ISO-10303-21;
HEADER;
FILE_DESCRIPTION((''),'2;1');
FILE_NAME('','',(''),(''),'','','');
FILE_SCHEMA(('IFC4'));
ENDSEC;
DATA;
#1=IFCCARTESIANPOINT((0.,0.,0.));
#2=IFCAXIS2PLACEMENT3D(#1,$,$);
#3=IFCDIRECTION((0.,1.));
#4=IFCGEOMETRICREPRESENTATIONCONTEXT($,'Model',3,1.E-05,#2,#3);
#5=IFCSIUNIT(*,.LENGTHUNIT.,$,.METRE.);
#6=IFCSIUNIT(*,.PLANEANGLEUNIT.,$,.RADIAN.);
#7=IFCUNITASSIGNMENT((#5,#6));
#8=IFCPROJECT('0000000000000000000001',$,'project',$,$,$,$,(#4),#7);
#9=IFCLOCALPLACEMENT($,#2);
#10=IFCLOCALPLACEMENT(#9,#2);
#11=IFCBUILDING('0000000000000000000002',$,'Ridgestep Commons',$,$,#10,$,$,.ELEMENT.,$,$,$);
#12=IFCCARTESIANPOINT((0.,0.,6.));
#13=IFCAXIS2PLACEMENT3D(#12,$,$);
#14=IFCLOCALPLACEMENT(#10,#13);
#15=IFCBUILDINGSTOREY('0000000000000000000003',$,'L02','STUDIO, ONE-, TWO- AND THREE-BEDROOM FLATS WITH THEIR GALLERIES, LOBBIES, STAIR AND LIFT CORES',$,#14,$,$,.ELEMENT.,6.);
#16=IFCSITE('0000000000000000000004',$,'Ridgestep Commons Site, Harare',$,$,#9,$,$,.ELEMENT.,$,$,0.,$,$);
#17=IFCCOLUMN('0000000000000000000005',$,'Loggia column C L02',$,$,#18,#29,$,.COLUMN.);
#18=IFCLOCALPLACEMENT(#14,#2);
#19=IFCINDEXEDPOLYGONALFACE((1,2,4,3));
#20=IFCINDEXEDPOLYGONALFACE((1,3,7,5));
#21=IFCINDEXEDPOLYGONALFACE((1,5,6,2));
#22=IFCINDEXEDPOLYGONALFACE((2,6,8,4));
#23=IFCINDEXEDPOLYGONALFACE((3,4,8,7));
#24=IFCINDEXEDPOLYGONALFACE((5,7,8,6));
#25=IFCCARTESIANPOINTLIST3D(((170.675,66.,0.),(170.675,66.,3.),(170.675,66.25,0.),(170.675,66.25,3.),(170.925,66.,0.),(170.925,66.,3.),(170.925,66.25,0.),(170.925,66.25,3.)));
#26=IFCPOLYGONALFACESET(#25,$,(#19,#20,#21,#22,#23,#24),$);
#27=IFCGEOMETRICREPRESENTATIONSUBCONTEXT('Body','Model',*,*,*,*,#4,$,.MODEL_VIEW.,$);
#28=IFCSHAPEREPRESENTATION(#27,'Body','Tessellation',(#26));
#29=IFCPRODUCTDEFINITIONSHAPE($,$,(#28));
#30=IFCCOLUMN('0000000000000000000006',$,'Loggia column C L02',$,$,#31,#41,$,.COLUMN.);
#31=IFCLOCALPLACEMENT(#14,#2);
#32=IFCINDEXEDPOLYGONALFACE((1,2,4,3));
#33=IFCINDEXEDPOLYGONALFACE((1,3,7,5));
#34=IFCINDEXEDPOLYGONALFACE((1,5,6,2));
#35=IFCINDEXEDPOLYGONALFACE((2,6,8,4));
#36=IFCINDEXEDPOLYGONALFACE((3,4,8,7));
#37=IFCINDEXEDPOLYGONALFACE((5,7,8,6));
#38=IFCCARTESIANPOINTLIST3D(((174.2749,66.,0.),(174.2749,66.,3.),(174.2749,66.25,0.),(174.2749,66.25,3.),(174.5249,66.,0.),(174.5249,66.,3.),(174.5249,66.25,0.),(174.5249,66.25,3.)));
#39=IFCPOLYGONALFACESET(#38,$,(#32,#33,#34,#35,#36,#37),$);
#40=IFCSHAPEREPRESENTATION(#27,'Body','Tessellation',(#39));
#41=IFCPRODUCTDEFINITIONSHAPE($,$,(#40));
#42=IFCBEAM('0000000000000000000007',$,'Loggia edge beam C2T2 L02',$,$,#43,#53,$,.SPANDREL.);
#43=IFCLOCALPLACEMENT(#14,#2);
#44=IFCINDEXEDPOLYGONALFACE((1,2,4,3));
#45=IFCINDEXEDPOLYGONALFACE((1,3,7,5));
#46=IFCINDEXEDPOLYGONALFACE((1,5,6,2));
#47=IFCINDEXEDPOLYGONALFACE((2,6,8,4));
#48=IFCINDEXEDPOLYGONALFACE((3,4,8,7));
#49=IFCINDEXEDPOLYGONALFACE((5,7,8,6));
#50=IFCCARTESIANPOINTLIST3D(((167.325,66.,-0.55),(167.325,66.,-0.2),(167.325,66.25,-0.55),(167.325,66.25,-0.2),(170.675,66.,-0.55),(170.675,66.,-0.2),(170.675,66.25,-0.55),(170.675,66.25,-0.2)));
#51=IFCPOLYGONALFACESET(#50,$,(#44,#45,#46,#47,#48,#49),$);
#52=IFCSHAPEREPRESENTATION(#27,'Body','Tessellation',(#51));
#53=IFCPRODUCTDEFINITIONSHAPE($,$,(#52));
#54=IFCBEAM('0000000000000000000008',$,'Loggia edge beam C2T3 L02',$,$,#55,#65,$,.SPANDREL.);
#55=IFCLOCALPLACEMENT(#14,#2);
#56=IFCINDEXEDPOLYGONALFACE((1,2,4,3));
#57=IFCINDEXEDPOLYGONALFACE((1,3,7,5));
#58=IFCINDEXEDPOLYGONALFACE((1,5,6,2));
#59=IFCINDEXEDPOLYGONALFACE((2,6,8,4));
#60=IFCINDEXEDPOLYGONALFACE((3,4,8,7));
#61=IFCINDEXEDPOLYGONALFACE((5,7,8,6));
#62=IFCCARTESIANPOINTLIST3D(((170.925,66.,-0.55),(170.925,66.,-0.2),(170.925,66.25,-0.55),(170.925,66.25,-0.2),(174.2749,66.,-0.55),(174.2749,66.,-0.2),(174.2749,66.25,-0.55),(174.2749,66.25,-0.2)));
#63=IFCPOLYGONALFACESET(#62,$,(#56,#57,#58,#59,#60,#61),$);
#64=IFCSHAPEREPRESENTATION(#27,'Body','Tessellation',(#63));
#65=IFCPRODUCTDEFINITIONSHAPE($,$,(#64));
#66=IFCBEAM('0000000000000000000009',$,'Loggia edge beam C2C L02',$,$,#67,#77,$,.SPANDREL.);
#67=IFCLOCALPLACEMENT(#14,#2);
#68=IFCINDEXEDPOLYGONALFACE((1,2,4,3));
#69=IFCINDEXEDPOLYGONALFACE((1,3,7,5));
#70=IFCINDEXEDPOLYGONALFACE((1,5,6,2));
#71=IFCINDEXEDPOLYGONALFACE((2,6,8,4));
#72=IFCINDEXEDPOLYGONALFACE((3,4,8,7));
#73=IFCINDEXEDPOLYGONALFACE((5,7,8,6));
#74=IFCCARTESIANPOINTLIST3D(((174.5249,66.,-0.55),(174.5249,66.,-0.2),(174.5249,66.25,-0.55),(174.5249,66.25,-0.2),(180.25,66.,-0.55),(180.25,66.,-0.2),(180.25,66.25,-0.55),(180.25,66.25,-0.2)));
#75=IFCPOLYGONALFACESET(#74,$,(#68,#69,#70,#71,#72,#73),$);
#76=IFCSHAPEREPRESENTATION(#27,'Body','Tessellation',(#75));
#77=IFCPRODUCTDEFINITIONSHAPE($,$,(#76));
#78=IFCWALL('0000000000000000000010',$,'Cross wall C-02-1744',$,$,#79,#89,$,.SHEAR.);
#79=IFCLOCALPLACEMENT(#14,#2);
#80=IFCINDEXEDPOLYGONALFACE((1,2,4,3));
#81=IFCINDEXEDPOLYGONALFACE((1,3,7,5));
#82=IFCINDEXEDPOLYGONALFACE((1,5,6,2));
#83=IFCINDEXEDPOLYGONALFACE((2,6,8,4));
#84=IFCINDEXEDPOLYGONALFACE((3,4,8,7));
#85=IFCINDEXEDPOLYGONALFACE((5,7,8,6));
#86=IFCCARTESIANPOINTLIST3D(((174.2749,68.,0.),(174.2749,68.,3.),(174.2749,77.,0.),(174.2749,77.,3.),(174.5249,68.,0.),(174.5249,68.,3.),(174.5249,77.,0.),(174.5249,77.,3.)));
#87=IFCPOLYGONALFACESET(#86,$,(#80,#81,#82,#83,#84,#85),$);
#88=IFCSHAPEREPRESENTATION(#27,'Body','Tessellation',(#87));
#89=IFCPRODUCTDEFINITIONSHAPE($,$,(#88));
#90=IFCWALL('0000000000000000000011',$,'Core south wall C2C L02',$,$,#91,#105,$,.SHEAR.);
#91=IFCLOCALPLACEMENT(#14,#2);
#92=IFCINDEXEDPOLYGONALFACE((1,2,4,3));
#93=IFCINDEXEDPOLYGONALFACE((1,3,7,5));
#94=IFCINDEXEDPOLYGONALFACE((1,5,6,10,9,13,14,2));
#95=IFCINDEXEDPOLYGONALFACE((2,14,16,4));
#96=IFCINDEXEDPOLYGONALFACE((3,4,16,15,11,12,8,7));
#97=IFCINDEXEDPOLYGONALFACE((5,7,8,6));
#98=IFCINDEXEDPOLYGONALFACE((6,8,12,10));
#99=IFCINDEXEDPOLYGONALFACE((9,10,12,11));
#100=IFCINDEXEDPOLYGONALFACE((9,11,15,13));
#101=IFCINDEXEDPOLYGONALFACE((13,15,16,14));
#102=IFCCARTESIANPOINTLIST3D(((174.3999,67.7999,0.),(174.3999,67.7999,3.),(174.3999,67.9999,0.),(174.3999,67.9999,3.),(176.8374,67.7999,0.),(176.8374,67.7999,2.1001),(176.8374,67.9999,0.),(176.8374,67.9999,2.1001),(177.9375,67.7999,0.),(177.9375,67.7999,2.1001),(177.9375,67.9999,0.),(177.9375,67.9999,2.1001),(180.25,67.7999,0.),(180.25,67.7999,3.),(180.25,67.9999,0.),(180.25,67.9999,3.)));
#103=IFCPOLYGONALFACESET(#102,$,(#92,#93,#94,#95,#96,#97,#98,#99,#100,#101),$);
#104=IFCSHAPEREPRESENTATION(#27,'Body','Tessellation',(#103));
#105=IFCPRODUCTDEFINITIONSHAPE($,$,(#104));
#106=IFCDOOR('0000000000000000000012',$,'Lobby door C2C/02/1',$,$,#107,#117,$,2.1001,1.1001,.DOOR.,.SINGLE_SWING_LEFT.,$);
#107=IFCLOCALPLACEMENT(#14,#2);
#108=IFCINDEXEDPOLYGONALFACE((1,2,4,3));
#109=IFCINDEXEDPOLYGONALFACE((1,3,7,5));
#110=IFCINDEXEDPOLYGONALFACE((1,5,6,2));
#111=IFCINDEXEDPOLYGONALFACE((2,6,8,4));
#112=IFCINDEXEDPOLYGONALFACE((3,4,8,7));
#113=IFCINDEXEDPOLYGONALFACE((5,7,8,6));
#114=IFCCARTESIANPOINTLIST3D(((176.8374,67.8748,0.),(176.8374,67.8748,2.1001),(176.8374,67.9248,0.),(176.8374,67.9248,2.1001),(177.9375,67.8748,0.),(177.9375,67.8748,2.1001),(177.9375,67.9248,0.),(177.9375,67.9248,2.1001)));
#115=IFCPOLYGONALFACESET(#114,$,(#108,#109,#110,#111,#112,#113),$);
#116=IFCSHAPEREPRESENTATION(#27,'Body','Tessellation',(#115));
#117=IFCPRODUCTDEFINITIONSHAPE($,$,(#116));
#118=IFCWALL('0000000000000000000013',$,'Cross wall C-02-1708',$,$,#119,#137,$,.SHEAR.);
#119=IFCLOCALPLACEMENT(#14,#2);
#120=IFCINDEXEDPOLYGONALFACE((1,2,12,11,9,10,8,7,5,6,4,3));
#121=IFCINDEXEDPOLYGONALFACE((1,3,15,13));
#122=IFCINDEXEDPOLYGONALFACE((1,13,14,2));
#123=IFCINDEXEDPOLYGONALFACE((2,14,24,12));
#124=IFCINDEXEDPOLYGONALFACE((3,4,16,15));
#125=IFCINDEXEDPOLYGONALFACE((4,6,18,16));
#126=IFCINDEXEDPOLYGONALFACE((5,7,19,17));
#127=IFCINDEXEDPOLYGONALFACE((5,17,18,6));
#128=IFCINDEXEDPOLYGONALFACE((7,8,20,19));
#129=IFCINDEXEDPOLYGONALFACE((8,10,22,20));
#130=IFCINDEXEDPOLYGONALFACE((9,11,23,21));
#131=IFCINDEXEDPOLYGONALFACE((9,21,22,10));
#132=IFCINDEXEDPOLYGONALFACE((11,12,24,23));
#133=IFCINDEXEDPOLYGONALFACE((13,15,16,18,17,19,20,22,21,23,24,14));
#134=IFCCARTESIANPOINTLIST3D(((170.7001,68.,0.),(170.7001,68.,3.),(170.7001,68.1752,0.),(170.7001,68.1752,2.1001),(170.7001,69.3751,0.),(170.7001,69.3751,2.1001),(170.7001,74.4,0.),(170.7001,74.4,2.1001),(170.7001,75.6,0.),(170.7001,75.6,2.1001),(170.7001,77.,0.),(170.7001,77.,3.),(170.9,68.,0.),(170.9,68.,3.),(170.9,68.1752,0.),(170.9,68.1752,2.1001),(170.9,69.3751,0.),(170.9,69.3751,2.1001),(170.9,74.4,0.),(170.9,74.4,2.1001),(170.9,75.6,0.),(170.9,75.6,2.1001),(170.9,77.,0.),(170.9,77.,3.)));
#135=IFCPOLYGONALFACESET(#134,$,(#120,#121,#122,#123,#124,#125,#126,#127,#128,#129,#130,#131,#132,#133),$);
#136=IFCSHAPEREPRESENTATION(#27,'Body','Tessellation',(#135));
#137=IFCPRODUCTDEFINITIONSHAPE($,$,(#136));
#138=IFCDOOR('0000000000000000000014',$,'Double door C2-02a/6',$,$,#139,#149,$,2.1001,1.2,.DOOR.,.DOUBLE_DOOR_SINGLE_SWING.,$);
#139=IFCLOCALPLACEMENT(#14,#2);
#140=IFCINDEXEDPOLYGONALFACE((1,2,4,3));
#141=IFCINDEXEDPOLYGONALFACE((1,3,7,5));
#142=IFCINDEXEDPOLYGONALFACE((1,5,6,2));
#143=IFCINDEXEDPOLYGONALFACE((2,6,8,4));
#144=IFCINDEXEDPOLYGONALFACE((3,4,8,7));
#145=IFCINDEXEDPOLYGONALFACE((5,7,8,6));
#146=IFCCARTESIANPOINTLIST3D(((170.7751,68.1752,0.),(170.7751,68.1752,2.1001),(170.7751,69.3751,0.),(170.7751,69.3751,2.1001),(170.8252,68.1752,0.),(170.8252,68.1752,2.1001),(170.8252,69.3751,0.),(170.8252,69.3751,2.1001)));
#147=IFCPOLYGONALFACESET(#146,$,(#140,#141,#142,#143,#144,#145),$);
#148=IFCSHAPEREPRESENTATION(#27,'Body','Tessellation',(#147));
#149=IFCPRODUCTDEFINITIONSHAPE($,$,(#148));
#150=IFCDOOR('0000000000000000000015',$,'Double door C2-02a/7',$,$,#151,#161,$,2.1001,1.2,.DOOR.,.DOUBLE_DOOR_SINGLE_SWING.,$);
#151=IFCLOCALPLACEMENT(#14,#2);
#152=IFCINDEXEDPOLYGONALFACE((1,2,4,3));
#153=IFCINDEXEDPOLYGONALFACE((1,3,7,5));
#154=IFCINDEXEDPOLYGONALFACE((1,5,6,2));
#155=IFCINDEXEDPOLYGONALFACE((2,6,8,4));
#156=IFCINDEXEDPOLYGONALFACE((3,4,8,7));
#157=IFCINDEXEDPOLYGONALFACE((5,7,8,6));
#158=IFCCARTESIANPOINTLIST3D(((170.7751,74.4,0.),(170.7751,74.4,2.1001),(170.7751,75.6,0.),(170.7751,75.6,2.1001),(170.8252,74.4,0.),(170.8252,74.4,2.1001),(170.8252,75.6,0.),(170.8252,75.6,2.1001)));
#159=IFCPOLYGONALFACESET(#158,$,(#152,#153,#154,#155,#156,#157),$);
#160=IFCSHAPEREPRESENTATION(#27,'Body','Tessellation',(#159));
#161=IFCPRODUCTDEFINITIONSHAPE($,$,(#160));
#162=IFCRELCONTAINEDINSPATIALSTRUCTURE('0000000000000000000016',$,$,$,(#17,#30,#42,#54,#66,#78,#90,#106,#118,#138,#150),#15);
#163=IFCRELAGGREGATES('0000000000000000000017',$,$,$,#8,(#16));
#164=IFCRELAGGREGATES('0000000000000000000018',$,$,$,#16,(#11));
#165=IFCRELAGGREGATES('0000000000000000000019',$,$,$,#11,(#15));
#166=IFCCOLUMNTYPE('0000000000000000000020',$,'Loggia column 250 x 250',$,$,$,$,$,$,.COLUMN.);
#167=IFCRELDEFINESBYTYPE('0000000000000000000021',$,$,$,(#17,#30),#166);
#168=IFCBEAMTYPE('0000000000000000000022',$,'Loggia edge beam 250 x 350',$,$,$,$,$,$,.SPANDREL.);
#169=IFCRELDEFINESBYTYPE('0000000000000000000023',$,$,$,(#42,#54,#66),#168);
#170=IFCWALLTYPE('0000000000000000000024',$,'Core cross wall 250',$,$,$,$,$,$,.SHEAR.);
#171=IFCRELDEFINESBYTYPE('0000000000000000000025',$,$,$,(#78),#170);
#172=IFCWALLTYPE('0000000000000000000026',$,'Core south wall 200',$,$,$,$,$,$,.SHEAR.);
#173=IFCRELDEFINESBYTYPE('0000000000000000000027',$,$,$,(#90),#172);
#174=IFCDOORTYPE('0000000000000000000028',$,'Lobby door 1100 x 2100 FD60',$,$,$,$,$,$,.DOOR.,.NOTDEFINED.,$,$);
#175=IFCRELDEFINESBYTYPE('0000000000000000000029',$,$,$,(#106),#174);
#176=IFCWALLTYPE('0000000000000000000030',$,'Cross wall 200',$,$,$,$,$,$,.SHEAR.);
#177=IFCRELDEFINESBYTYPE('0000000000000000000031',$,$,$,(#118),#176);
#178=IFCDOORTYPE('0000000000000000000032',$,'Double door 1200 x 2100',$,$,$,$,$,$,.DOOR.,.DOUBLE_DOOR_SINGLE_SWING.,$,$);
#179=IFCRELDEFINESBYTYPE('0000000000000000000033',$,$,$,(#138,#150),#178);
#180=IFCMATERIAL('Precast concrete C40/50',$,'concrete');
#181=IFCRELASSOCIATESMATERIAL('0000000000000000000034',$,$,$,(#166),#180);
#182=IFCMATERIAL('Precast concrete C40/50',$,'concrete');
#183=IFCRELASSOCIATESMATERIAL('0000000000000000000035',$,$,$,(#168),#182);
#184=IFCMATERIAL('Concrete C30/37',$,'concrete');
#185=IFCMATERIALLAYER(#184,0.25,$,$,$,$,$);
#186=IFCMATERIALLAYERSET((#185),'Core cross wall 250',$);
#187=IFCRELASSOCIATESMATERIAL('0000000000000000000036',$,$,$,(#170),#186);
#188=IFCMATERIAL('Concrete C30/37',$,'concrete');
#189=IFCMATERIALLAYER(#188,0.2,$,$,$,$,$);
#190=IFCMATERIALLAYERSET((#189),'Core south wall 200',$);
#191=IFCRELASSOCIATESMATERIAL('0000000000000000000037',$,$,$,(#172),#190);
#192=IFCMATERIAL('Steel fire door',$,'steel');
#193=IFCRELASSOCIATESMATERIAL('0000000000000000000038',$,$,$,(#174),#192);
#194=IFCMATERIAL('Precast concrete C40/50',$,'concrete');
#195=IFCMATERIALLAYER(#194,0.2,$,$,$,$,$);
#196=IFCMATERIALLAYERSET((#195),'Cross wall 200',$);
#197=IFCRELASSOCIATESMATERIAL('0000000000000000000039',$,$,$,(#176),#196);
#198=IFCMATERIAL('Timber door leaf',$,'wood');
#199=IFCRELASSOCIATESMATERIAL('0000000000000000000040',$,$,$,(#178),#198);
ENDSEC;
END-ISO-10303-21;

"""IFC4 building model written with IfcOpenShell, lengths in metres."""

from ifc_helpers import new_model, si_unit, direction, frame, frame_2d, origin, origin_2d, place, context, subcontext, project, spatial, rectangle, extrude, material, layer, layer_set, material_profile, profile_set, type_object, element, fill, save


model = new_model("IFC4")

# Units and contexts
model_context = context("Model", 3, precision=1e-05, world=origin(), true_north=direction((0.0, 1.0)))
body_context = subcontext(model_context, "Body", "Model", "MODEL_VIEW")
ifc_project = project(units=[si_unit("LENGTHUNIT", "METRE"), si_unit("PLANEANGLEUNIT", "RADIAN")], contexts=[model_context])

# Site, building, storey
site_placement = place(None, origin())
site = spatial("IfcSite", under=ifc_project, at=site_placement, Name="Ridgestep Commons Site, Harare", CompositionType="ELEMENT", RefElevation=0.0)
building_placement = place(site_placement, origin())
building = spatial("IfcBuilding", under=site, at=building_placement, Name="Ridgestep Commons", CompositionType="ELEMENT")
storey_placement = place(building_placement, frame((0.0, 0.0, 6.0)))
storey = spatial("IfcBuildingStorey", under=building, at=storey_placement, Name="L02", Description="STUDIO, ONE-, TWO- AND THREE-BEDROOM FLATS WITH THEIR GALLERIES, LOBBIES, STAIR AND LIFT CORES", CompositionType="ELEMENT", Elevation=6.0)

# Columns
ifc_material_1 = material(Name="Precast concrete C40/50", Category="concrete")
ifc_material_profile_1 = material_profile(ifc_material_1, rectangle(XDim=0.25, YDim=0.25, at=origin_2d()), Name="PC 250x250")
ifc_profile_set_1 = profile_set([ifc_material_profile_1], Name="Precast concrete C40/50")
column_type = type_object("IfcColumnType", Name="Loggia column 250 x 250", PredefinedType="COLUMN", material=ifc_profile_set_1)
for number, where, z_axis, x_axis, name in (
    (1, (170.8, 66.125, 0.0), (0.0, 0.0, 1.0), (1.0, 0.0, 0.0), "Loggia column C L02"),
    (2, (174.3999, 66.125, 0.0), (0.0, 0.0, 1.0), (1.0, 0.0, 0.0), "Loggia column C L02"),
):
    element("IfcColumn", number, at=place(storey_placement, frame(where, z_axis=z_axis, x_axis=x_axis)), inside=storey, type_object=column_type, Name=name, PredefinedType="COLUMN", context=body_context, shape_type="SweptSolid", body=[
        extrude(rectangle(XDim=0.25, YDim=0.25, at=origin_2d()), origin(), (0.0, 0.0, 1.0), 3.0),
    ])

# Beams
ifc_material_2 = material(Name="Precast concrete C40/50", Category="concrete")
ifc_material_profile_2 = material_profile(ifc_material_2, rectangle(XDim=0.25, YDim=0.3501, at=origin_2d()), Name="PC 250x350")
ifc_profile_set_2 = profile_set([ifc_material_profile_2], Name="Precast concrete C40/50")
beam_type = type_object("IfcBeamType", Name="Loggia edge beam 250 x 350", PredefinedType="SPANDREL", material=ifc_profile_set_2)
beam_1_placement = place(storey_placement, frame((167.325, 66.125, -0.375), z_axis=(1.0, 0.0, 0.0), x_axis=(0.0, 1.0, 0.0)))
element("IfcBeam", 3, at=beam_1_placement, inside=storey, type_object=beam_type, Name="Loggia edge beam C2T2 L02", PredefinedType="SPANDREL", context=body_context, shape_type="SweptSolid", body=[
    extrude(rectangle(XDim=0.25, YDim=0.3501, at=origin_2d()), origin(), (0.0, 0.0, 1.0), 3.3501),
])
beam_2_placement = place(storey_placement, frame((170.925, 66.125, -0.375), z_axis=(1.0, 0.0, 0.0), x_axis=(0.0, 1.0, 0.0)))
element("IfcBeam", 4, at=beam_2_placement, inside=storey, type_object=beam_type, Name="Loggia edge beam C2T3 L02", PredefinedType="SPANDREL", context=body_context, shape_type="SweptSolid", body=[
    extrude(rectangle(XDim=0.25, YDim=0.3501, at=origin_2d()), origin(), (0.0, 0.0, 1.0), 3.3499),
])
beam_3_placement = place(storey_placement, frame((174.5249, 66.125, -0.375), z_axis=(1.0, 0.0, 0.0), x_axis=(0.0, 1.0, 0.0)))
element("IfcBeam", 5, at=beam_3_placement, inside=storey, type_object=beam_type, Name="Loggia edge beam C2C L02", PredefinedType="SPANDREL", context=body_context, shape_type="SweptSolid", body=[
    extrude(rectangle(XDim=0.25, YDim=0.3501, at=origin_2d()), origin(), (0.0, 0.0, 1.0), 5.7251),
])

# Wall
ifc_material_3 = material(Name="Concrete C30/37", Category="concrete")
ifc_layer_1 = layer(ifc_material_3, 0.25)
ifc_layer_set_1 = layer_set([ifc_layer_1], Name="Core cross wall 250")
wall_type_1 = type_object("IfcWallType", Name="Core cross wall 250", PredefinedType="SHEAR", material=ifc_layer_set_1)
wall_1_placement = place(storey_placement, frame((174.3999, 68.0, 0.0), z_axis=(0.0, 0.0, 1.0), x_axis=(0.0, 1.0, 0.0)))
element("IfcWall", 6, at=wall_1_placement, inside=storey, type_object=wall_type_1, Name="Cross wall C-02-1744", PredefinedType="SHEAR", context=body_context, shape_type="SweptSolid", body=[
    extrude(rectangle(XDim=9.0, YDim=0.25, at=frame_2d((4.5, 0.0))), origin(), (0.0, 0.0, 1.0), 3.0),
])

# Wall, opening, door
ifc_material_4 = material(Name="Concrete C30/37", Category="concrete")
ifc_layer_2 = layer(ifc_material_4, 0.2)
ifc_layer_set_2 = layer_set([ifc_layer_2], Name="Core south wall 200")
wall_type_2 = type_object("IfcWallType", Name="Core south wall 200", PredefinedType="SHEAR", material=ifc_layer_set_2)
wall_2_placement = place(storey_placement, frame((174.3999, 67.8999, 0.0), z_axis=(0.0, 0.0, 1.0), x_axis=(1.0, 0.0, 0.0)))
wall_2 = element("IfcWall", 7, at=wall_2_placement, inside=storey, type_object=wall_type_2, Name="Core south wall C2C L02", PredefinedType="SHEAR", context=body_context, shape_type="SweptSolid", body=[
    extrude(rectangle(XDim=5.8501, YDim=0.2, at=frame_2d((2.925, 0.0))), origin(), (0.0, 0.0, 1.0), 3.0),
])
opening_1_placement = place(wall_2_placement, frame((2.4375, 0.0, 0.0)))
opening_1 = element("IfcOpeningElement", 8, at=opening_1_placement, cuts=wall_2, PredefinedType="OPENING", context=body_context, shape_type="SweptSolid", body=[
    extrude(rectangle(XDim=1.1001, YDim=2.1001, at=frame_2d((0.55, 1.05))), frame((0.0, 0.1099, 0.0), z_axis=(0.0, -1.0, 0.0), x_axis=(1.0, 0.0, 0.0)), (0.0, 0.0, 1.0), 0.22),
])
ifc_material_5 = material(Name="Steel fire door", Category="steel")
door_type_1 = type_object("IfcDoorType", Name="Lobby door 1100 x 2100 FD60", OperationType="NOTDEFINED", PredefinedType="DOOR", material=ifc_material_5)
door_1_placement = place(opening_1_placement, origin())
door_1 = element("IfcDoor", 9, at=door_1_placement, inside=storey, type_object=door_type_1, Name="Lobby door C2C/02/1", OperationType="SINGLE_SWING_LEFT", OverallHeight=2.1001, OverallWidth=1.1001, PredefinedType="DOOR", context=body_context, shape_type="SweptSolid", body=[
    extrude(rectangle(XDim=1.1001, YDim=2.1001, at=frame_2d((0.55, 1.05))), frame((0.0, 0.0249, 0.0), z_axis=(0.0, -1.0, 0.0), x_axis=(1.0, 0.0, 0.0)), (0.0, 0.0, 1.0), 0.05),
])
fill(opening_1, door_1)

# Wall, openings, doors
ifc_material_6 = material(Name="Precast concrete C40/50", Category="concrete")
ifc_layer_3 = layer(ifc_material_6, 0.2)
ifc_layer_set_3 = layer_set([ifc_layer_3], Name="Cross wall 200")
wall_type_3 = type_object("IfcWallType", Name="Cross wall 200", PredefinedType="SHEAR", material=ifc_layer_set_3)
wall_3_placement = place(storey_placement, frame((170.8, 68.0, 0.0), z_axis=(0.0, 0.0, 1.0), x_axis=(0.0, 1.0, 0.0)))
wall_3 = element("IfcWall", 10, at=wall_3_placement, inside=storey, type_object=wall_type_3, Name="Cross wall C-02-1708", PredefinedType="SHEAR", context=body_context, shape_type="SweptSolid", body=[
    extrude(rectangle(XDim=9.0, YDim=0.2, at=frame_2d((4.5, 0.0))), origin(), (0.0, 0.0, 1.0), 3.0),
])
opening_2_placement = place(wall_3_placement, frame((0.175, 0.0, 0.0)))
opening_2 = element("IfcOpeningElement", 11, at=opening_2_placement, cuts=wall_3, PredefinedType="OPENING", context=body_context, shape_type="SweptSolid", body=[
    extrude(rectangle(XDim=1.2, YDim=2.1001, at=frame_2d((0.6001, 1.05))), frame((0.0, 0.1099, 0.0), z_axis=(0.0, -1.0, 0.0), x_axis=(1.0, 0.0, 0.0)), (0.0, 0.0, 1.0), 0.22),
])
opening_3_placement = place(wall_3_placement, frame((6.3999, 0.0, 0.0)))
opening_3 = element("IfcOpeningElement", 12, at=opening_3_placement, cuts=wall_3, PredefinedType="OPENING", context=body_context, shape_type="SweptSolid", body=[
    extrude(rectangle(XDim=1.2, YDim=2.1001, at=frame_2d((0.6001, 1.05))), frame((0.0, 0.1099, 0.0), z_axis=(0.0, -1.0, 0.0), x_axis=(1.0, 0.0, 0.0)), (0.0, 0.0, 1.0), 0.22),
])
ifc_material_7 = material(Name="Timber door leaf", Category="wood")
door_type_2 = type_object("IfcDoorType", Name="Double door 1200 x 2100", OperationType="DOUBLE_DOOR_SINGLE_SWING", PredefinedType="DOOR", material=ifc_material_7)
door_2_placement = place(opening_2_placement, origin())
door_2 = element("IfcDoor", 13, at=door_2_placement, inside=storey, type_object=door_type_2, Name="Double door C2-02a/6", OperationType="DOUBLE_DOOR_SINGLE_SWING", OverallHeight=2.1001, OverallWidth=1.2, PredefinedType="DOOR", context=body_context, shape_type="SweptSolid", body=[
    extrude(rectangle(XDim=1.2, YDim=2.1001, at=frame_2d((0.6001, 1.05))), frame((0.0, 0.0249, 0.0), z_axis=(0.0, -1.0, 0.0), x_axis=(1.0, 0.0, 0.0)), (0.0, 0.0, 1.0), 0.05),
])
fill(opening_2, door_2)
door_3_placement = place(opening_3_placement, origin())
door_3 = element("IfcDoor", 14, at=door_3_placement, inside=storey, type_object=door_type_2, Name="Double door C2-02a/7", OperationType="DOUBLE_DOOR_SINGLE_SWING", OverallHeight=2.1001, OverallWidth=1.2, PredefinedType="DOOR", context=body_context, shape_type="SweptSolid", body=[
    extrude(rectangle(XDim=1.2, YDim=2.1001, at=frame_2d((0.6001, 1.05))), frame((0.0, 0.0249, 0.0), z_axis=(0.0, -1.0, 0.0), x_axis=(1.0, 0.0, 0.0)), (0.0, 0.0, 1.0), 0.05),
])
fill(opening_3, door_3)

save(model, "model.ifc")
